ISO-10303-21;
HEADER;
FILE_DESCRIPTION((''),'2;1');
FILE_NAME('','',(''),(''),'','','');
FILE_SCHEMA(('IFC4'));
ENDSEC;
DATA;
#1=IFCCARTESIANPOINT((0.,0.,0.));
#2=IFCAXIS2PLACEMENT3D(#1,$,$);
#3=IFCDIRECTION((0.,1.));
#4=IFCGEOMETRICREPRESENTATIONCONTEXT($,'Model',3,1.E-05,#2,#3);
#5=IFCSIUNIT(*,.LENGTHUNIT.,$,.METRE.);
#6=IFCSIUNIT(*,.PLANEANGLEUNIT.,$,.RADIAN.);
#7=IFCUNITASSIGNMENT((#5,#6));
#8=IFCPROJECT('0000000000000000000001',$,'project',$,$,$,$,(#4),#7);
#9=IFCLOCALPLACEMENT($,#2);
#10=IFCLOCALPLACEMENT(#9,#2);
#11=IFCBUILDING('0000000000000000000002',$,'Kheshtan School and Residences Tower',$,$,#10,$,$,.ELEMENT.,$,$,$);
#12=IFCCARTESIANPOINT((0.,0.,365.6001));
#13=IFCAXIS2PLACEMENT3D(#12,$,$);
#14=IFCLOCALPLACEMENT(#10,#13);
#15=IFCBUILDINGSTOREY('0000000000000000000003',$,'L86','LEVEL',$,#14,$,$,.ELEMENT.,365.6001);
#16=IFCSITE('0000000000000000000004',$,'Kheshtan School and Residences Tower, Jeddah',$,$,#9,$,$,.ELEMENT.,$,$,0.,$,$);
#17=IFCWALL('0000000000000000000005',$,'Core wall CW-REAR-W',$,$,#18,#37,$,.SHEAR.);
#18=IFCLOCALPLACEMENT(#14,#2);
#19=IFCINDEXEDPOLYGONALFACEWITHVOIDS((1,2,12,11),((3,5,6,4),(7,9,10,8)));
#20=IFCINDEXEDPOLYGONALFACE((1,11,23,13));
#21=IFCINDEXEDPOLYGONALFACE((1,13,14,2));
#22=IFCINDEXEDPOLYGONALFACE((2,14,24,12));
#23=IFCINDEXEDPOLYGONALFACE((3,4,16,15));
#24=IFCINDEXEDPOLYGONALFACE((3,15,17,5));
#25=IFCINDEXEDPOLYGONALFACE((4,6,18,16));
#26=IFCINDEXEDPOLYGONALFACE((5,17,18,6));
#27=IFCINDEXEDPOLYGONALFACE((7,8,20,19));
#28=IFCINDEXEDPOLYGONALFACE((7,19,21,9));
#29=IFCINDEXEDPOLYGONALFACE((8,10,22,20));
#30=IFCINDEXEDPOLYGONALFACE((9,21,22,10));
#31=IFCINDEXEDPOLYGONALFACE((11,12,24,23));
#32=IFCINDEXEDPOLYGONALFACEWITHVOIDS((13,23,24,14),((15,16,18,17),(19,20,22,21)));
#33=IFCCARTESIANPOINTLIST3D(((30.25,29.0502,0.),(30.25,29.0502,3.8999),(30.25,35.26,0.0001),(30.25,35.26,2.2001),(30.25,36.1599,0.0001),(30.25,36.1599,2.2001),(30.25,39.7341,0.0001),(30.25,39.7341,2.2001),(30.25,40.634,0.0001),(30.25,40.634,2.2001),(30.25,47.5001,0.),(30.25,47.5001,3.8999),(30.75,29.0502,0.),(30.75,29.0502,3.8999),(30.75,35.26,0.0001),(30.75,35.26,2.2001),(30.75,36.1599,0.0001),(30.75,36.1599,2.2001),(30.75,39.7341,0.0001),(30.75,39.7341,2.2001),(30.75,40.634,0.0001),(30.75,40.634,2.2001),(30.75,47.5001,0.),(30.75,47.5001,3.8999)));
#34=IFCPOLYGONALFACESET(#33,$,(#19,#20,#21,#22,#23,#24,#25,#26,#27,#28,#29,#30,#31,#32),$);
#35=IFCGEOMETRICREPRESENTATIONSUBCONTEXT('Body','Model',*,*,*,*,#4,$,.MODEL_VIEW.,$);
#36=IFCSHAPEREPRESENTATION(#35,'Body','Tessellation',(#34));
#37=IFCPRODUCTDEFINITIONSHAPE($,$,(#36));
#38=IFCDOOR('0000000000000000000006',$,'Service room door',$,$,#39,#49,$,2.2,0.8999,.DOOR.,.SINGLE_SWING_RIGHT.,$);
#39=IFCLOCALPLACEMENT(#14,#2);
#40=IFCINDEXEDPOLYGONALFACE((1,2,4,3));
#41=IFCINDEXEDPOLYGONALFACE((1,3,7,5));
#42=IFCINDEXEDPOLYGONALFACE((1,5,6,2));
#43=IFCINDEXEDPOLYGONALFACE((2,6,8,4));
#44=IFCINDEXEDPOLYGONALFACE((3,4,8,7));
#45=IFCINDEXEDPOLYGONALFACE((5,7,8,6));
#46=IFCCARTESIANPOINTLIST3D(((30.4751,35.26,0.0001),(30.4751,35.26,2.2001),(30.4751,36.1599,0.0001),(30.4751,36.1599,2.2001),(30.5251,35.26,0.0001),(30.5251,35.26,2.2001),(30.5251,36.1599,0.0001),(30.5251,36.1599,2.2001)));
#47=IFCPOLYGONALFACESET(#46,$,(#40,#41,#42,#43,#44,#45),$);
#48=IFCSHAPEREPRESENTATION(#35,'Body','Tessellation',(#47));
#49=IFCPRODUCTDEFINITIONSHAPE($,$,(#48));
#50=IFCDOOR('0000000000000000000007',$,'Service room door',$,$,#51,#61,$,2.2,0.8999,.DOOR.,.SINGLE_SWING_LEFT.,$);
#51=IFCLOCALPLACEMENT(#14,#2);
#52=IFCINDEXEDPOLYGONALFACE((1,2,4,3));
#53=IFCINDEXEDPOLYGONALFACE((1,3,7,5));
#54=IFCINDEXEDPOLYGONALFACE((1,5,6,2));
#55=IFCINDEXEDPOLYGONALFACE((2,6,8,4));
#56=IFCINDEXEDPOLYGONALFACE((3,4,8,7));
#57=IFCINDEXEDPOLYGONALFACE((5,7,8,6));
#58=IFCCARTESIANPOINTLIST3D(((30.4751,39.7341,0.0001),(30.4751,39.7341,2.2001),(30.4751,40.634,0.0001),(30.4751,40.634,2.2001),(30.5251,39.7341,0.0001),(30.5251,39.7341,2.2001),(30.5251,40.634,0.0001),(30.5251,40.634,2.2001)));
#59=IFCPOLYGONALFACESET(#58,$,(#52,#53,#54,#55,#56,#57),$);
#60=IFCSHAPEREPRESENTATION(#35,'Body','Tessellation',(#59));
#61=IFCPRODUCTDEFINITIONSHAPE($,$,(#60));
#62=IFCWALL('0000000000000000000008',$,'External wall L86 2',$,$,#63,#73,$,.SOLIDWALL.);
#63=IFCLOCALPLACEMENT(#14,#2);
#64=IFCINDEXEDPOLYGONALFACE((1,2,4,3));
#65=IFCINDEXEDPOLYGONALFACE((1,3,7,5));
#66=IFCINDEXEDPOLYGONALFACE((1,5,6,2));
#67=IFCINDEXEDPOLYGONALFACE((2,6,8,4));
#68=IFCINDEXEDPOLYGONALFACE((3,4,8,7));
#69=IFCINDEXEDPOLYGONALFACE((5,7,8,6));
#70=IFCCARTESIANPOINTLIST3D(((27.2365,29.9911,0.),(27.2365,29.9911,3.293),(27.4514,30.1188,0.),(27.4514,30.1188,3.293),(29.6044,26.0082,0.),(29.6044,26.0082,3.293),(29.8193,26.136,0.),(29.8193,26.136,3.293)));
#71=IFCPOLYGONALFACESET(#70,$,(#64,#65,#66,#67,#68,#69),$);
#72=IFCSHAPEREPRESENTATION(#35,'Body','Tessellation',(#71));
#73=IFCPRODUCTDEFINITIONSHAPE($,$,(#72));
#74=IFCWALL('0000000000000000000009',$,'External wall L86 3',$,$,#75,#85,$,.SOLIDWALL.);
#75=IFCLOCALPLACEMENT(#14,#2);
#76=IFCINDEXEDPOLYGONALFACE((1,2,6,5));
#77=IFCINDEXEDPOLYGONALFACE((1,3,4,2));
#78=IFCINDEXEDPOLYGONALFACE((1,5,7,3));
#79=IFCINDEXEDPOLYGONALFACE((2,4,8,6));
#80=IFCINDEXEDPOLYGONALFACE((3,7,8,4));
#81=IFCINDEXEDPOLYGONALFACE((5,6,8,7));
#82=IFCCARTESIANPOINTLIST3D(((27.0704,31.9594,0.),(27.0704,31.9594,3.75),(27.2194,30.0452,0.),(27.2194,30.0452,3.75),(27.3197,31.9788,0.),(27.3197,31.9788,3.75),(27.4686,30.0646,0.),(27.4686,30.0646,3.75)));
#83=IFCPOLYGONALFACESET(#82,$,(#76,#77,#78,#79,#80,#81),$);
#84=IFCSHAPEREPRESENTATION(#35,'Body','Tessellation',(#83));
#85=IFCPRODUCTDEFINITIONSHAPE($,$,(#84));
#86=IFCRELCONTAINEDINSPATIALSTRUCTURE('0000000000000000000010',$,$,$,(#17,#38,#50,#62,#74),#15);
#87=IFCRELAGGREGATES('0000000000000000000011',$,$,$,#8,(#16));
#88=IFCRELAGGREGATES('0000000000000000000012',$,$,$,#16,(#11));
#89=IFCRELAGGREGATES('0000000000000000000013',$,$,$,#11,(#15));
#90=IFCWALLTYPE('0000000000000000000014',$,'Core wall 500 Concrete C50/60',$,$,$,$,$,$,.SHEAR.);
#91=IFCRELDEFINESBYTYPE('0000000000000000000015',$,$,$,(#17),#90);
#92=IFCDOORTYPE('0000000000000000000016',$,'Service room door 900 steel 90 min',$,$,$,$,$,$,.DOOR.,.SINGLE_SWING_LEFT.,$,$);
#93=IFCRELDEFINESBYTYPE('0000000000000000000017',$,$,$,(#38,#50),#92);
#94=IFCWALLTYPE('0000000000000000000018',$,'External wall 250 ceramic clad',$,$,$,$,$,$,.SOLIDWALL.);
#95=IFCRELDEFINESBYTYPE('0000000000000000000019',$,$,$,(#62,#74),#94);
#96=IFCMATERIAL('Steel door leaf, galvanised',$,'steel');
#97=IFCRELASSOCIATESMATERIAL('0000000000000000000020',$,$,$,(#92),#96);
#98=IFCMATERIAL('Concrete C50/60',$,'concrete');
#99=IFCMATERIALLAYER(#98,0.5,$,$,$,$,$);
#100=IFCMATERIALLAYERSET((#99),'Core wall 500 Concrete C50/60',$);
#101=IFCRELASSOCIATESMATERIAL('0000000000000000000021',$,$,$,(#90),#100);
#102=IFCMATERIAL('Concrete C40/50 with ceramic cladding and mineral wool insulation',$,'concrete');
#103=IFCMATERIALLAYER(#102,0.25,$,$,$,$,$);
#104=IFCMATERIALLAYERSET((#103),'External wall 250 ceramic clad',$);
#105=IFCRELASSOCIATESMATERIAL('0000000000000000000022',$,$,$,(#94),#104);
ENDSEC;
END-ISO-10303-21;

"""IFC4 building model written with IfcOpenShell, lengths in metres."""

from ifc_helpers import new_model, si_unit, direction, frame, frame_2d, origin, place, context, subcontext, project, spatial, rectangle, extrude, source, transform, mapped, material, layer, layer_set, type_object, element, fill, save


model = new_model("IFC4")

# Units and contexts
model_context = context("Model", 3, precision=1e-05, world=origin(), true_north=direction((0.0, 1.0)))
body_context = subcontext(model_context, "Body", "Model", "MODEL_VIEW")
ifc_project = project(units=[si_unit("LENGTHUNIT", "METRE"), si_unit("PLANEANGLEUNIT", "RADIAN")], contexts=[model_context])

# Site, building, storey
site_placement = place(None, origin())
site = spatial("IfcSite", under=ifc_project, at=site_placement, Name="Kheshtan School and Residences Tower, Jeddah", CompositionType="ELEMENT", RefElevation=0.0)
building_placement = place(site_placement, origin())
building = spatial("IfcBuilding", under=site, at=building_placement, Name="Kheshtan School and Residences Tower", CompositionType="ELEMENT")
storey_placement = place(building_placement, frame((0.0, 0.0, 365.6001)))
storey = spatial("IfcBuildingStorey", under=building, at=storey_placement, Name="L86", Description="LEVEL", CompositionType="ELEMENT", Elevation=365.6001)

# Shared definitions
ifc_material_1 = material(Name="Concrete C50/60", Category="concrete")
ifc_material_2 = material(Name="Steel door leaf, galvanised", Category="steel")
door_type_1 = type_object("IfcDoorType", Name="Service room door 900 steel 90 min", OperationType="SINGLE_SWING_LEFT", PredefinedType="DOOR", material=ifc_material_2)
shared_shape_1 = source(origin(), body_context, "Body", "SweptSolid", [
    extrude(rectangle(XDim=0.8999, YDim=2.2, at=frame_2d((0.45, 1.1001))), frame((0.0, 0.0249, 0.0), z_axis=(0.0, -1.0, 0.0), x_axis=(1.0, 0.0, 0.0)), (0.0, 0.0, 1.0), 0.05),
])

# Shared definitions
ifc_layer_1 = layer(ifc_material_1, 0.5)
ifc_layer_set_1 = layer_set([ifc_layer_1], Name="Core wall 500 Concrete C50/60")
wall_type_1 = type_object("IfcWallType", Name="Core wall 500 Concrete C50/60", PredefinedType="SHEAR", material=ifc_layer_set_1)

# Wall, openings, doors
wall_1_placement = place(storey_placement, frame((30.5, 29.05, 0.0), z_axis=(0.0, 0.0, 1.0), x_axis=(0.0, 1.0, 0.0)))
wall_1 = element("IfcWall", 1, at=wall_1_placement, inside=storey, type_object=wall_type_1, Name="Core wall CW-REAR-W", PredefinedType="SHEAR", context=body_context, shape_type="SweptSolid", body=[
    extrude(rectangle(XDim=18.45, YDim=0.5, at=frame_2d((9.2251, 0.0))), origin(), (0.0, 0.0, 1.0), 3.8999),
])
opening_1_placement = place(wall_1_placement, frame((6.21, 0.0, 0.0)))
opening_1 = element("IfcOpeningElement", 2, at=opening_1_placement, cuts=wall_1, PredefinedType="OPENING", context=body_context, shape_type="SweptSolid", body=[
    extrude(rectangle(XDim=0.8999, YDim=2.2, at=frame_2d((0.45, 1.1001))), frame((0.0, 0.26, 0.0), z_axis=(0.0, -1.0, 0.0), x_axis=(1.0, 0.0, 0.0)), (0.0, 0.0, 1.0), 0.52),
])
opening_2_placement = place(wall_1_placement, frame((10.6841, 0.0, 0.0)))
opening_2 = element("IfcOpeningElement", 3, at=opening_2_placement, cuts=wall_1, PredefinedType="OPENING", context=body_context, shape_type="SweptSolid", body=[
    extrude(rectangle(XDim=0.8999, YDim=2.2, at=frame_2d((0.45, 1.1001))), frame((0.0, 0.26, 0.0), z_axis=(0.0, -1.0, 0.0), x_axis=(1.0, 0.0, 0.0)), (0.0, 0.0, 1.0), 0.52),
])
door_1_placement = place(opening_1_placement, origin())
door_1 = element("IfcDoor", 4, at=door_1_placement, inside=storey, type_object=door_type_1, Name="Service room door", OperationType="SINGLE_SWING_RIGHT", OverallHeight=2.2, OverallWidth=0.8999, PredefinedType="DOOR", context=body_context, shape_type="MappedRepresentation", body=[
    mapped(shared_shape_1, transform((0.0, 0.0, 0.0), x_axis=(1.0, 0.0, 0.0), y_axis=(0.0, 1.0, 0.0), z_axis=(0.0, 0.0, 1.0), scale=1.0)),
])
fill(opening_1, door_1)
door_2_placement = place(opening_2_placement, origin())
door_2 = element("IfcDoor", 5, at=door_2_placement, inside=storey, type_object=door_type_1, Name="Service room door", OperationType="SINGLE_SWING_LEFT", OverallHeight=2.2, OverallWidth=0.8999, PredefinedType="DOOR", context=body_context, shape_type="MappedRepresentation", body=[
    mapped(shared_shape_1, transform((0.0, 0.0, 0.0), x_axis=(1.0, 0.0, 0.0), y_axis=(0.0, 1.0, 0.0), z_axis=(0.0, 0.0, 1.0), scale=1.0)),
])
fill(opening_2, door_2)

# Walls
ifc_material_3 = material(Name="Concrete C40/50 with ceramic cladding and mineral wool insulation", Category="concrete")
ifc_layer_2 = layer(ifc_material_3, 0.25)
ifc_layer_set_2 = layer_set([ifc_layer_2], Name="External wall 250 ceramic clad")
wall_type_2 = type_object("IfcWallType", Name="External wall 250 ceramic clad", PredefinedType="SOLIDWALL", material=ifc_layer_set_2)
wall_2_placement = place(storey_placement, frame((29.7119, 26.072, 0.0), z_axis=(0.0, 0.0, 1.0), x_axis=(-0.511028, 0.859564, 0.0)))
element("IfcWall", 6, at=wall_2_placement, inside=storey, type_object=wall_type_2, Name="External wall L86 2", PredefinedType="SOLIDWALL", context=body_context, shape_type="SweptSolid", body=[
    extrude(rectangle(XDim=4.6335, YDim=0.25, at=frame_2d((2.3169, 0.0))), origin(), (0.0, 0.0, 1.0), 3.293),
])
wall_3_placement = place(storey_placement, frame((27.344, 30.0549, 0.0), z_axis=(0.0, 0.0, 1.0), x_axis=(-0.077572, 0.996987, 0.0)))
element("IfcWall", 7, at=wall_3_placement, inside=storey, type_object=wall_type_2, Name="External wall L86 3", PredefinedType="SOLIDWALL", context=body_context, shape_type="SweptSolid", body=[
    extrude(rectangle(XDim=1.9199, YDim=0.25, at=frame_2d((0.96, 0.0))), origin(), (0.0, 0.0, 1.0), 3.75),
])

save(model, "model.ifc")
